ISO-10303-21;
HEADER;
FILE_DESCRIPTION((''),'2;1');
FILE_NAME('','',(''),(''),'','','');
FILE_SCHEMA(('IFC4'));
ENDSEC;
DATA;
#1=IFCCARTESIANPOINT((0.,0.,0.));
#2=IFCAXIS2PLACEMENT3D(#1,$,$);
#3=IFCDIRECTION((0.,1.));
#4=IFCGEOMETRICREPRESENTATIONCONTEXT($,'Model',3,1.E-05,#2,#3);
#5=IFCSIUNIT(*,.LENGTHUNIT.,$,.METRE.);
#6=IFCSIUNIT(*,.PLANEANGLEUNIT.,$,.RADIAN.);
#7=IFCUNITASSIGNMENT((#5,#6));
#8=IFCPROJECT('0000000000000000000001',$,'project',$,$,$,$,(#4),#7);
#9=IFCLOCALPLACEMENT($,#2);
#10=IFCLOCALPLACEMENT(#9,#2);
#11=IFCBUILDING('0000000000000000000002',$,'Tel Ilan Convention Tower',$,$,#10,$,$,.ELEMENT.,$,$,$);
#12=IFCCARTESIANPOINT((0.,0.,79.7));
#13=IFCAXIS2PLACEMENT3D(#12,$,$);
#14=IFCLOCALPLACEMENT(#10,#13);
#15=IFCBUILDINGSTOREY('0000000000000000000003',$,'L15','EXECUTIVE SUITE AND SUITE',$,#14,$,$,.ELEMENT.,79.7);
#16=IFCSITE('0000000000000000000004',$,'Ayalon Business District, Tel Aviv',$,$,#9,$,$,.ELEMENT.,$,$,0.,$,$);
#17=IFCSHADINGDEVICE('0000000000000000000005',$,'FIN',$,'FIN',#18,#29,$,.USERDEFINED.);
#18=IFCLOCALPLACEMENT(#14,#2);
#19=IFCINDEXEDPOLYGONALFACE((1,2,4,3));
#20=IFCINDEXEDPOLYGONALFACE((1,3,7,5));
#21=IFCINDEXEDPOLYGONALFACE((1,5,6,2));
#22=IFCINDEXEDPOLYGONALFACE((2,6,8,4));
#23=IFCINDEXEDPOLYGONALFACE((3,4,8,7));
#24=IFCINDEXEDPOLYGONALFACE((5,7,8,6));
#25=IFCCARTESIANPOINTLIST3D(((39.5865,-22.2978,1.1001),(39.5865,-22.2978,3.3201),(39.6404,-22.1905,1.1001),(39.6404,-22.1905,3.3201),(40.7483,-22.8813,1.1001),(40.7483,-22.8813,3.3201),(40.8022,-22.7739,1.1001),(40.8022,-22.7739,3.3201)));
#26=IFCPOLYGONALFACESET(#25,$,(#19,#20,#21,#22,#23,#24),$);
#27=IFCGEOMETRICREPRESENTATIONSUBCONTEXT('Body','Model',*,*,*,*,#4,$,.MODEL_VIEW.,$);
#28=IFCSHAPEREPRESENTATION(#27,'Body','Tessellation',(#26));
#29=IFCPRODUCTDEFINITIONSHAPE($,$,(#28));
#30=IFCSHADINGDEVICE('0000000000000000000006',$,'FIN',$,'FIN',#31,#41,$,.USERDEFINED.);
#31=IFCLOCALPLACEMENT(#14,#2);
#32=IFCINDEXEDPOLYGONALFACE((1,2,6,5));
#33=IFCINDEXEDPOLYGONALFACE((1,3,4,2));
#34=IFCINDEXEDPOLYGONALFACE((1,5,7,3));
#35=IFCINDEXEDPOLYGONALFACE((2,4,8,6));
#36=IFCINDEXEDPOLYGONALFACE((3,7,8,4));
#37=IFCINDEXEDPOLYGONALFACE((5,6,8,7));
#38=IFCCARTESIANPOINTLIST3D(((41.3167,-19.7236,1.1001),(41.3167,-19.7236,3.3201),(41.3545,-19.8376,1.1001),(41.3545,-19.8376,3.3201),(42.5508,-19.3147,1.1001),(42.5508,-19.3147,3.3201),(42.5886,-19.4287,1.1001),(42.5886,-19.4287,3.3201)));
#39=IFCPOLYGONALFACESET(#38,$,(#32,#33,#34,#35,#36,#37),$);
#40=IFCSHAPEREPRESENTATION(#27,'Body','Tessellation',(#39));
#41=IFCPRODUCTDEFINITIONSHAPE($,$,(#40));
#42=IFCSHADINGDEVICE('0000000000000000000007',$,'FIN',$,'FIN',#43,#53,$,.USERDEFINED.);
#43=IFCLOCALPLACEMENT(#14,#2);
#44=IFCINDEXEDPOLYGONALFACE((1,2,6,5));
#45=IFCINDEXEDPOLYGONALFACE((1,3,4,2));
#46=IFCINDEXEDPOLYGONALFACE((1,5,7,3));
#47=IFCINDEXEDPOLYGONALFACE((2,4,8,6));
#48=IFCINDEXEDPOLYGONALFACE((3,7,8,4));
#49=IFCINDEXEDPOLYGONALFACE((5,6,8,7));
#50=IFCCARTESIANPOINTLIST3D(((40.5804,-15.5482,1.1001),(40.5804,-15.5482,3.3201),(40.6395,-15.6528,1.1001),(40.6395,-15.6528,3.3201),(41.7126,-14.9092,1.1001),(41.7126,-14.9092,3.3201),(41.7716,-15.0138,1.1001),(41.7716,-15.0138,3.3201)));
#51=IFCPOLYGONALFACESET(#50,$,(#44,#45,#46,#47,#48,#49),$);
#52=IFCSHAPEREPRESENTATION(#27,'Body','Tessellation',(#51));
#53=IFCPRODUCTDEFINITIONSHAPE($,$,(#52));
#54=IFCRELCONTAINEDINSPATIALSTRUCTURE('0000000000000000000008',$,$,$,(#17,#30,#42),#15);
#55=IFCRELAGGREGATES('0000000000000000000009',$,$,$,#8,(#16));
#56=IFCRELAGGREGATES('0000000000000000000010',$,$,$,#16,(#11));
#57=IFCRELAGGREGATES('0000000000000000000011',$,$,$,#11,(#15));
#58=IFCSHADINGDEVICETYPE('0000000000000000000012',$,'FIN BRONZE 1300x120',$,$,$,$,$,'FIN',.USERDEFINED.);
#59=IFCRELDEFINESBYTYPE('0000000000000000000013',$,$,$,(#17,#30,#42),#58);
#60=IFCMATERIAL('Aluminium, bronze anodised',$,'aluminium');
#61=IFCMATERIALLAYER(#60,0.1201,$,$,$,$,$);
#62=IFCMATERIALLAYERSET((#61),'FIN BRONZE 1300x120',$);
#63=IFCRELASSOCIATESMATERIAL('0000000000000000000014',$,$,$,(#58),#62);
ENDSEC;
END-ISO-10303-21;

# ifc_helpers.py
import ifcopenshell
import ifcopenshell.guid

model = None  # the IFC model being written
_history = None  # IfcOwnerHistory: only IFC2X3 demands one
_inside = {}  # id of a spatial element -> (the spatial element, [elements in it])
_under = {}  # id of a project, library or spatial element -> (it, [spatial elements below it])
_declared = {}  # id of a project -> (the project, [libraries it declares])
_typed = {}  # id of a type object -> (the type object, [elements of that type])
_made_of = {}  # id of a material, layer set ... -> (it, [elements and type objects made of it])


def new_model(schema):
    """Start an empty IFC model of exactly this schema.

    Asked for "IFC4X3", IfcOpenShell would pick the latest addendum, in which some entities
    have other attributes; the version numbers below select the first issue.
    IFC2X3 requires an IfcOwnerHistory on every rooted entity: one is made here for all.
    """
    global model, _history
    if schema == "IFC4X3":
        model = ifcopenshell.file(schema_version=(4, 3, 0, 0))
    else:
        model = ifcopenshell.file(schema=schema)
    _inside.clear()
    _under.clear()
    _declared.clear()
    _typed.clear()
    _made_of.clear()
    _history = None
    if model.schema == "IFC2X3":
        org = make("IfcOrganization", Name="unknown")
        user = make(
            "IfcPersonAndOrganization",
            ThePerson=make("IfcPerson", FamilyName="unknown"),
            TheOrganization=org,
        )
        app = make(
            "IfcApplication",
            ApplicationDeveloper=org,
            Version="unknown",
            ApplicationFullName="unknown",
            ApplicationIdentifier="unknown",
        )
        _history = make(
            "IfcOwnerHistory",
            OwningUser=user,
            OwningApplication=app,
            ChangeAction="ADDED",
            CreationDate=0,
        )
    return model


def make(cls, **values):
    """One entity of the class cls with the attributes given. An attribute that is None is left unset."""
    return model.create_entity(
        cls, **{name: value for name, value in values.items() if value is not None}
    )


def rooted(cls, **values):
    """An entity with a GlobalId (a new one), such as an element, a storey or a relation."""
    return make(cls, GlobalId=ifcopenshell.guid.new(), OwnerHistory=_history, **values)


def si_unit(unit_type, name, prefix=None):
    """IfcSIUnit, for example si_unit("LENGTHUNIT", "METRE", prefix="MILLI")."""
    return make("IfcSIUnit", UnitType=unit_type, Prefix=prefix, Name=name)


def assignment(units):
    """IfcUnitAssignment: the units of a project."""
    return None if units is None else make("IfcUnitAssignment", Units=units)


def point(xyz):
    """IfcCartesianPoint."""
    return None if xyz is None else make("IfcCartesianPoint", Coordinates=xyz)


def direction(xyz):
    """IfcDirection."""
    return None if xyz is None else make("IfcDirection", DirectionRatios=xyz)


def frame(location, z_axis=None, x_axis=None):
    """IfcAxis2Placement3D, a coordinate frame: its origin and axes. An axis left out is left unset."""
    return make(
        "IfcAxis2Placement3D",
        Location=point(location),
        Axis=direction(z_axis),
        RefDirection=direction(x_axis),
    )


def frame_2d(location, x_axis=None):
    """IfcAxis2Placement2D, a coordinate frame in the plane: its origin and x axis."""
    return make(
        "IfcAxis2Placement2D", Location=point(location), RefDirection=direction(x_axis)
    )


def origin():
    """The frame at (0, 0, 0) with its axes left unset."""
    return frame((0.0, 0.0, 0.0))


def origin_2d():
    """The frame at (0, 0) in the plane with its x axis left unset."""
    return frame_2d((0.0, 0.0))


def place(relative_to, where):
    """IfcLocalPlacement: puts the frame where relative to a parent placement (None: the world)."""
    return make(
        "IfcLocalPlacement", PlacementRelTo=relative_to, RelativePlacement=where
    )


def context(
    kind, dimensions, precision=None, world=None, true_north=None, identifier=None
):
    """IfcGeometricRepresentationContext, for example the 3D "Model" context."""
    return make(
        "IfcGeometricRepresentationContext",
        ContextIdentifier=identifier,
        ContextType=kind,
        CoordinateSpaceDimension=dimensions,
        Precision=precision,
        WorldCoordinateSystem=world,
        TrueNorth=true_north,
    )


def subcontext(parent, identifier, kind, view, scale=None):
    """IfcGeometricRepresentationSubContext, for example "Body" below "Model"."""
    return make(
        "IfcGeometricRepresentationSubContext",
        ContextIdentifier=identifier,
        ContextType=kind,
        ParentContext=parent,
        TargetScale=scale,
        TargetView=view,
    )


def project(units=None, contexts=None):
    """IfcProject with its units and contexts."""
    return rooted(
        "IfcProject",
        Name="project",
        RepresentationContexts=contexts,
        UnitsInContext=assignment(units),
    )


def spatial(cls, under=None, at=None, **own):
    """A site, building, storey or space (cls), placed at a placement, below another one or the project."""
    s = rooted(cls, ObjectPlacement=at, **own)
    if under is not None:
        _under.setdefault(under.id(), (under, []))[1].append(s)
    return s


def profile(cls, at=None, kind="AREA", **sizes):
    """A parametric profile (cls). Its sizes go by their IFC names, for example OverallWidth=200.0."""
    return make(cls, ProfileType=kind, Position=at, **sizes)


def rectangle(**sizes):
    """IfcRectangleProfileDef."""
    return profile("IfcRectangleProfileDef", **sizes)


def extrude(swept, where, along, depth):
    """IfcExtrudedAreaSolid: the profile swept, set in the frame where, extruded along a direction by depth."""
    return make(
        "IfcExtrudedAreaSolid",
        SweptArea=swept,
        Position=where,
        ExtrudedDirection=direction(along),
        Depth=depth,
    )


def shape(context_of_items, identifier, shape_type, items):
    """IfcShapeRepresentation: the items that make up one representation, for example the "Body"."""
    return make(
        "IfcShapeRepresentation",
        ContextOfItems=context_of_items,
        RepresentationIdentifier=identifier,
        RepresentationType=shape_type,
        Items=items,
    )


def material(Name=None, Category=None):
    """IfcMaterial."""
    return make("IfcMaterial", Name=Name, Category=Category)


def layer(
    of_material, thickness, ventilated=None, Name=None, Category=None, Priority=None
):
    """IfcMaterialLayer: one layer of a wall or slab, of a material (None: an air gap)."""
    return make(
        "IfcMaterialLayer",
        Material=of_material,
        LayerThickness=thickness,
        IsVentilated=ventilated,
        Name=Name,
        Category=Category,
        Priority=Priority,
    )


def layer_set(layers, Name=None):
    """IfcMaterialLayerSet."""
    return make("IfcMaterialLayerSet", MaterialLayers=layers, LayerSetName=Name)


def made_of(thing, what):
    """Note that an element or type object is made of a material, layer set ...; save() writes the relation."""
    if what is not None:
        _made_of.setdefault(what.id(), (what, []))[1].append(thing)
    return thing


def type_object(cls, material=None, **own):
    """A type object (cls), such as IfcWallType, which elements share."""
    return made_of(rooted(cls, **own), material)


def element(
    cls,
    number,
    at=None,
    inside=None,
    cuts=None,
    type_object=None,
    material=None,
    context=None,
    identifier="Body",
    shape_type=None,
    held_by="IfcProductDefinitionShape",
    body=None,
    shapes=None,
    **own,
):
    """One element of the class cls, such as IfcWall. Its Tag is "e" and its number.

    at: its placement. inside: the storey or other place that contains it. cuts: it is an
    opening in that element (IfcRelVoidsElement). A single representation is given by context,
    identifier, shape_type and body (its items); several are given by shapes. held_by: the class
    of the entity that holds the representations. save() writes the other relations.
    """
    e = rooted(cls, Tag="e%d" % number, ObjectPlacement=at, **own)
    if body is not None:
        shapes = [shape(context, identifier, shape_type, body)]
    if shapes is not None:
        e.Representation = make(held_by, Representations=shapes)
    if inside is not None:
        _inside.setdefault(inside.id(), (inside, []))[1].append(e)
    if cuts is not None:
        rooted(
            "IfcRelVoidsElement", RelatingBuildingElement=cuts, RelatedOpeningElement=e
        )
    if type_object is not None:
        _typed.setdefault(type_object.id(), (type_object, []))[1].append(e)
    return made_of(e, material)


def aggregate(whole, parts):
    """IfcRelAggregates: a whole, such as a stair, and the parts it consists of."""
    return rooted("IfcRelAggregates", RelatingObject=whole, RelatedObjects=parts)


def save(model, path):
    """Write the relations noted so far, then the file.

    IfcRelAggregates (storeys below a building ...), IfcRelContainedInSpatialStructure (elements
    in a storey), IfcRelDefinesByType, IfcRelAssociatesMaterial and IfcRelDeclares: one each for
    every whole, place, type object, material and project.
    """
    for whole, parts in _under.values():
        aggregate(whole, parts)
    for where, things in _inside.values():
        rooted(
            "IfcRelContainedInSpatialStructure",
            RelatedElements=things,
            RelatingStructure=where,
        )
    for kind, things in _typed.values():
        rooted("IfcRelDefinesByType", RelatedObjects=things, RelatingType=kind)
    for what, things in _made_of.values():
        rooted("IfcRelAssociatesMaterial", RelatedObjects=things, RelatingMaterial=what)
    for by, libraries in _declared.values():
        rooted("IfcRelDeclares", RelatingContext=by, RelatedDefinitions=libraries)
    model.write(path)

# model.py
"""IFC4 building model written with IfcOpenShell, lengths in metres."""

from ifc_helpers import new_model, si_unit, direction, frame, origin, origin_2d, place, context, subcontext, project, spatial, rectangle, extrude, material, layer, layer_set, type_object, element, save


model = new_model("IFC4")

# Units and contexts
model_context = context("Model", 3, precision=1e-05, world=origin(), true_north=direction((0.0, 1.0)))
body_context = subcontext(model_context, "Body", "Model", "MODEL_VIEW")
ifc_project = project(units=[si_unit("LENGTHUNIT", "METRE"), si_unit("PLANEANGLEUNIT", "RADIAN")], contexts=[model_context])

# Site, building, storey
site_placement = place(None, origin())
site = spatial("IfcSite", under=ifc_project, at=site_placement, Name="Ayalon Business District, Tel Aviv", CompositionType="ELEMENT", RefElevation=0.0)
building_placement = place(site_placement, origin())
building = spatial("IfcBuilding", under=site, at=building_placement, Name="Tel Ilan Convention Tower", CompositionType="ELEMENT")
storey_placement = place(building_placement, frame((0.0, 0.0, 79.7)))
storey = spatial("IfcBuildingStorey", under=building, at=storey_placement, Name="L15", Description="EXECUTIVE SUITE AND SUITE", CompositionType="ELEMENT", Elevation=79.7)

# Shading devices
ifc_material_1 = material(Name="Aluminium, bronze anodised", Category="aluminium")
ifc_layer_1 = layer(ifc_material_1, 0.1201)
ifc_layer_set_1 = layer_set([ifc_layer_1], Name="FIN BRONZE 1300x120")
shading_device_type = type_object("IfcShadingDeviceType", Name="FIN BRONZE 1300x120", ElementType="FIN", PredefinedType="USERDEFINED", material=ifc_layer_set_1)
for number, where, z_axis, x_axis, name in (
    (1, (40.1943, -22.5359, 1.1001), (0.0, 0.0, 1.0), (0.893633, -0.448799, 0.0), "FIN"),
    (2, (41.9526, -19.5762, 1.1001), (0.0, 0.0, 1.0), (0.949243, 0.314545, 0.0), "FIN"),
    (3, (41.176, -15.281, 1.1001), (0.0, 0.0, 1.0), (0.870833, 0.491579, 0.0), "FIN"),
):
    element("IfcShadingDevice", number, at=place(storey_placement, frame(where, z_axis=z_axis, x_axis=x_axis)), inside=storey, type_object=shading_device_type, Name=name, ObjectType="FIN", PredefinedType="USERDEFINED", context=body_context, shape_type="SweptSolid", body=[
        extrude(rectangle(XDim=1.3, YDim=0.1201, at=origin_2d()), origin(), (0.0, 0.0, 1.0), 2.22),
    ])

save(model, "model.ifc")
